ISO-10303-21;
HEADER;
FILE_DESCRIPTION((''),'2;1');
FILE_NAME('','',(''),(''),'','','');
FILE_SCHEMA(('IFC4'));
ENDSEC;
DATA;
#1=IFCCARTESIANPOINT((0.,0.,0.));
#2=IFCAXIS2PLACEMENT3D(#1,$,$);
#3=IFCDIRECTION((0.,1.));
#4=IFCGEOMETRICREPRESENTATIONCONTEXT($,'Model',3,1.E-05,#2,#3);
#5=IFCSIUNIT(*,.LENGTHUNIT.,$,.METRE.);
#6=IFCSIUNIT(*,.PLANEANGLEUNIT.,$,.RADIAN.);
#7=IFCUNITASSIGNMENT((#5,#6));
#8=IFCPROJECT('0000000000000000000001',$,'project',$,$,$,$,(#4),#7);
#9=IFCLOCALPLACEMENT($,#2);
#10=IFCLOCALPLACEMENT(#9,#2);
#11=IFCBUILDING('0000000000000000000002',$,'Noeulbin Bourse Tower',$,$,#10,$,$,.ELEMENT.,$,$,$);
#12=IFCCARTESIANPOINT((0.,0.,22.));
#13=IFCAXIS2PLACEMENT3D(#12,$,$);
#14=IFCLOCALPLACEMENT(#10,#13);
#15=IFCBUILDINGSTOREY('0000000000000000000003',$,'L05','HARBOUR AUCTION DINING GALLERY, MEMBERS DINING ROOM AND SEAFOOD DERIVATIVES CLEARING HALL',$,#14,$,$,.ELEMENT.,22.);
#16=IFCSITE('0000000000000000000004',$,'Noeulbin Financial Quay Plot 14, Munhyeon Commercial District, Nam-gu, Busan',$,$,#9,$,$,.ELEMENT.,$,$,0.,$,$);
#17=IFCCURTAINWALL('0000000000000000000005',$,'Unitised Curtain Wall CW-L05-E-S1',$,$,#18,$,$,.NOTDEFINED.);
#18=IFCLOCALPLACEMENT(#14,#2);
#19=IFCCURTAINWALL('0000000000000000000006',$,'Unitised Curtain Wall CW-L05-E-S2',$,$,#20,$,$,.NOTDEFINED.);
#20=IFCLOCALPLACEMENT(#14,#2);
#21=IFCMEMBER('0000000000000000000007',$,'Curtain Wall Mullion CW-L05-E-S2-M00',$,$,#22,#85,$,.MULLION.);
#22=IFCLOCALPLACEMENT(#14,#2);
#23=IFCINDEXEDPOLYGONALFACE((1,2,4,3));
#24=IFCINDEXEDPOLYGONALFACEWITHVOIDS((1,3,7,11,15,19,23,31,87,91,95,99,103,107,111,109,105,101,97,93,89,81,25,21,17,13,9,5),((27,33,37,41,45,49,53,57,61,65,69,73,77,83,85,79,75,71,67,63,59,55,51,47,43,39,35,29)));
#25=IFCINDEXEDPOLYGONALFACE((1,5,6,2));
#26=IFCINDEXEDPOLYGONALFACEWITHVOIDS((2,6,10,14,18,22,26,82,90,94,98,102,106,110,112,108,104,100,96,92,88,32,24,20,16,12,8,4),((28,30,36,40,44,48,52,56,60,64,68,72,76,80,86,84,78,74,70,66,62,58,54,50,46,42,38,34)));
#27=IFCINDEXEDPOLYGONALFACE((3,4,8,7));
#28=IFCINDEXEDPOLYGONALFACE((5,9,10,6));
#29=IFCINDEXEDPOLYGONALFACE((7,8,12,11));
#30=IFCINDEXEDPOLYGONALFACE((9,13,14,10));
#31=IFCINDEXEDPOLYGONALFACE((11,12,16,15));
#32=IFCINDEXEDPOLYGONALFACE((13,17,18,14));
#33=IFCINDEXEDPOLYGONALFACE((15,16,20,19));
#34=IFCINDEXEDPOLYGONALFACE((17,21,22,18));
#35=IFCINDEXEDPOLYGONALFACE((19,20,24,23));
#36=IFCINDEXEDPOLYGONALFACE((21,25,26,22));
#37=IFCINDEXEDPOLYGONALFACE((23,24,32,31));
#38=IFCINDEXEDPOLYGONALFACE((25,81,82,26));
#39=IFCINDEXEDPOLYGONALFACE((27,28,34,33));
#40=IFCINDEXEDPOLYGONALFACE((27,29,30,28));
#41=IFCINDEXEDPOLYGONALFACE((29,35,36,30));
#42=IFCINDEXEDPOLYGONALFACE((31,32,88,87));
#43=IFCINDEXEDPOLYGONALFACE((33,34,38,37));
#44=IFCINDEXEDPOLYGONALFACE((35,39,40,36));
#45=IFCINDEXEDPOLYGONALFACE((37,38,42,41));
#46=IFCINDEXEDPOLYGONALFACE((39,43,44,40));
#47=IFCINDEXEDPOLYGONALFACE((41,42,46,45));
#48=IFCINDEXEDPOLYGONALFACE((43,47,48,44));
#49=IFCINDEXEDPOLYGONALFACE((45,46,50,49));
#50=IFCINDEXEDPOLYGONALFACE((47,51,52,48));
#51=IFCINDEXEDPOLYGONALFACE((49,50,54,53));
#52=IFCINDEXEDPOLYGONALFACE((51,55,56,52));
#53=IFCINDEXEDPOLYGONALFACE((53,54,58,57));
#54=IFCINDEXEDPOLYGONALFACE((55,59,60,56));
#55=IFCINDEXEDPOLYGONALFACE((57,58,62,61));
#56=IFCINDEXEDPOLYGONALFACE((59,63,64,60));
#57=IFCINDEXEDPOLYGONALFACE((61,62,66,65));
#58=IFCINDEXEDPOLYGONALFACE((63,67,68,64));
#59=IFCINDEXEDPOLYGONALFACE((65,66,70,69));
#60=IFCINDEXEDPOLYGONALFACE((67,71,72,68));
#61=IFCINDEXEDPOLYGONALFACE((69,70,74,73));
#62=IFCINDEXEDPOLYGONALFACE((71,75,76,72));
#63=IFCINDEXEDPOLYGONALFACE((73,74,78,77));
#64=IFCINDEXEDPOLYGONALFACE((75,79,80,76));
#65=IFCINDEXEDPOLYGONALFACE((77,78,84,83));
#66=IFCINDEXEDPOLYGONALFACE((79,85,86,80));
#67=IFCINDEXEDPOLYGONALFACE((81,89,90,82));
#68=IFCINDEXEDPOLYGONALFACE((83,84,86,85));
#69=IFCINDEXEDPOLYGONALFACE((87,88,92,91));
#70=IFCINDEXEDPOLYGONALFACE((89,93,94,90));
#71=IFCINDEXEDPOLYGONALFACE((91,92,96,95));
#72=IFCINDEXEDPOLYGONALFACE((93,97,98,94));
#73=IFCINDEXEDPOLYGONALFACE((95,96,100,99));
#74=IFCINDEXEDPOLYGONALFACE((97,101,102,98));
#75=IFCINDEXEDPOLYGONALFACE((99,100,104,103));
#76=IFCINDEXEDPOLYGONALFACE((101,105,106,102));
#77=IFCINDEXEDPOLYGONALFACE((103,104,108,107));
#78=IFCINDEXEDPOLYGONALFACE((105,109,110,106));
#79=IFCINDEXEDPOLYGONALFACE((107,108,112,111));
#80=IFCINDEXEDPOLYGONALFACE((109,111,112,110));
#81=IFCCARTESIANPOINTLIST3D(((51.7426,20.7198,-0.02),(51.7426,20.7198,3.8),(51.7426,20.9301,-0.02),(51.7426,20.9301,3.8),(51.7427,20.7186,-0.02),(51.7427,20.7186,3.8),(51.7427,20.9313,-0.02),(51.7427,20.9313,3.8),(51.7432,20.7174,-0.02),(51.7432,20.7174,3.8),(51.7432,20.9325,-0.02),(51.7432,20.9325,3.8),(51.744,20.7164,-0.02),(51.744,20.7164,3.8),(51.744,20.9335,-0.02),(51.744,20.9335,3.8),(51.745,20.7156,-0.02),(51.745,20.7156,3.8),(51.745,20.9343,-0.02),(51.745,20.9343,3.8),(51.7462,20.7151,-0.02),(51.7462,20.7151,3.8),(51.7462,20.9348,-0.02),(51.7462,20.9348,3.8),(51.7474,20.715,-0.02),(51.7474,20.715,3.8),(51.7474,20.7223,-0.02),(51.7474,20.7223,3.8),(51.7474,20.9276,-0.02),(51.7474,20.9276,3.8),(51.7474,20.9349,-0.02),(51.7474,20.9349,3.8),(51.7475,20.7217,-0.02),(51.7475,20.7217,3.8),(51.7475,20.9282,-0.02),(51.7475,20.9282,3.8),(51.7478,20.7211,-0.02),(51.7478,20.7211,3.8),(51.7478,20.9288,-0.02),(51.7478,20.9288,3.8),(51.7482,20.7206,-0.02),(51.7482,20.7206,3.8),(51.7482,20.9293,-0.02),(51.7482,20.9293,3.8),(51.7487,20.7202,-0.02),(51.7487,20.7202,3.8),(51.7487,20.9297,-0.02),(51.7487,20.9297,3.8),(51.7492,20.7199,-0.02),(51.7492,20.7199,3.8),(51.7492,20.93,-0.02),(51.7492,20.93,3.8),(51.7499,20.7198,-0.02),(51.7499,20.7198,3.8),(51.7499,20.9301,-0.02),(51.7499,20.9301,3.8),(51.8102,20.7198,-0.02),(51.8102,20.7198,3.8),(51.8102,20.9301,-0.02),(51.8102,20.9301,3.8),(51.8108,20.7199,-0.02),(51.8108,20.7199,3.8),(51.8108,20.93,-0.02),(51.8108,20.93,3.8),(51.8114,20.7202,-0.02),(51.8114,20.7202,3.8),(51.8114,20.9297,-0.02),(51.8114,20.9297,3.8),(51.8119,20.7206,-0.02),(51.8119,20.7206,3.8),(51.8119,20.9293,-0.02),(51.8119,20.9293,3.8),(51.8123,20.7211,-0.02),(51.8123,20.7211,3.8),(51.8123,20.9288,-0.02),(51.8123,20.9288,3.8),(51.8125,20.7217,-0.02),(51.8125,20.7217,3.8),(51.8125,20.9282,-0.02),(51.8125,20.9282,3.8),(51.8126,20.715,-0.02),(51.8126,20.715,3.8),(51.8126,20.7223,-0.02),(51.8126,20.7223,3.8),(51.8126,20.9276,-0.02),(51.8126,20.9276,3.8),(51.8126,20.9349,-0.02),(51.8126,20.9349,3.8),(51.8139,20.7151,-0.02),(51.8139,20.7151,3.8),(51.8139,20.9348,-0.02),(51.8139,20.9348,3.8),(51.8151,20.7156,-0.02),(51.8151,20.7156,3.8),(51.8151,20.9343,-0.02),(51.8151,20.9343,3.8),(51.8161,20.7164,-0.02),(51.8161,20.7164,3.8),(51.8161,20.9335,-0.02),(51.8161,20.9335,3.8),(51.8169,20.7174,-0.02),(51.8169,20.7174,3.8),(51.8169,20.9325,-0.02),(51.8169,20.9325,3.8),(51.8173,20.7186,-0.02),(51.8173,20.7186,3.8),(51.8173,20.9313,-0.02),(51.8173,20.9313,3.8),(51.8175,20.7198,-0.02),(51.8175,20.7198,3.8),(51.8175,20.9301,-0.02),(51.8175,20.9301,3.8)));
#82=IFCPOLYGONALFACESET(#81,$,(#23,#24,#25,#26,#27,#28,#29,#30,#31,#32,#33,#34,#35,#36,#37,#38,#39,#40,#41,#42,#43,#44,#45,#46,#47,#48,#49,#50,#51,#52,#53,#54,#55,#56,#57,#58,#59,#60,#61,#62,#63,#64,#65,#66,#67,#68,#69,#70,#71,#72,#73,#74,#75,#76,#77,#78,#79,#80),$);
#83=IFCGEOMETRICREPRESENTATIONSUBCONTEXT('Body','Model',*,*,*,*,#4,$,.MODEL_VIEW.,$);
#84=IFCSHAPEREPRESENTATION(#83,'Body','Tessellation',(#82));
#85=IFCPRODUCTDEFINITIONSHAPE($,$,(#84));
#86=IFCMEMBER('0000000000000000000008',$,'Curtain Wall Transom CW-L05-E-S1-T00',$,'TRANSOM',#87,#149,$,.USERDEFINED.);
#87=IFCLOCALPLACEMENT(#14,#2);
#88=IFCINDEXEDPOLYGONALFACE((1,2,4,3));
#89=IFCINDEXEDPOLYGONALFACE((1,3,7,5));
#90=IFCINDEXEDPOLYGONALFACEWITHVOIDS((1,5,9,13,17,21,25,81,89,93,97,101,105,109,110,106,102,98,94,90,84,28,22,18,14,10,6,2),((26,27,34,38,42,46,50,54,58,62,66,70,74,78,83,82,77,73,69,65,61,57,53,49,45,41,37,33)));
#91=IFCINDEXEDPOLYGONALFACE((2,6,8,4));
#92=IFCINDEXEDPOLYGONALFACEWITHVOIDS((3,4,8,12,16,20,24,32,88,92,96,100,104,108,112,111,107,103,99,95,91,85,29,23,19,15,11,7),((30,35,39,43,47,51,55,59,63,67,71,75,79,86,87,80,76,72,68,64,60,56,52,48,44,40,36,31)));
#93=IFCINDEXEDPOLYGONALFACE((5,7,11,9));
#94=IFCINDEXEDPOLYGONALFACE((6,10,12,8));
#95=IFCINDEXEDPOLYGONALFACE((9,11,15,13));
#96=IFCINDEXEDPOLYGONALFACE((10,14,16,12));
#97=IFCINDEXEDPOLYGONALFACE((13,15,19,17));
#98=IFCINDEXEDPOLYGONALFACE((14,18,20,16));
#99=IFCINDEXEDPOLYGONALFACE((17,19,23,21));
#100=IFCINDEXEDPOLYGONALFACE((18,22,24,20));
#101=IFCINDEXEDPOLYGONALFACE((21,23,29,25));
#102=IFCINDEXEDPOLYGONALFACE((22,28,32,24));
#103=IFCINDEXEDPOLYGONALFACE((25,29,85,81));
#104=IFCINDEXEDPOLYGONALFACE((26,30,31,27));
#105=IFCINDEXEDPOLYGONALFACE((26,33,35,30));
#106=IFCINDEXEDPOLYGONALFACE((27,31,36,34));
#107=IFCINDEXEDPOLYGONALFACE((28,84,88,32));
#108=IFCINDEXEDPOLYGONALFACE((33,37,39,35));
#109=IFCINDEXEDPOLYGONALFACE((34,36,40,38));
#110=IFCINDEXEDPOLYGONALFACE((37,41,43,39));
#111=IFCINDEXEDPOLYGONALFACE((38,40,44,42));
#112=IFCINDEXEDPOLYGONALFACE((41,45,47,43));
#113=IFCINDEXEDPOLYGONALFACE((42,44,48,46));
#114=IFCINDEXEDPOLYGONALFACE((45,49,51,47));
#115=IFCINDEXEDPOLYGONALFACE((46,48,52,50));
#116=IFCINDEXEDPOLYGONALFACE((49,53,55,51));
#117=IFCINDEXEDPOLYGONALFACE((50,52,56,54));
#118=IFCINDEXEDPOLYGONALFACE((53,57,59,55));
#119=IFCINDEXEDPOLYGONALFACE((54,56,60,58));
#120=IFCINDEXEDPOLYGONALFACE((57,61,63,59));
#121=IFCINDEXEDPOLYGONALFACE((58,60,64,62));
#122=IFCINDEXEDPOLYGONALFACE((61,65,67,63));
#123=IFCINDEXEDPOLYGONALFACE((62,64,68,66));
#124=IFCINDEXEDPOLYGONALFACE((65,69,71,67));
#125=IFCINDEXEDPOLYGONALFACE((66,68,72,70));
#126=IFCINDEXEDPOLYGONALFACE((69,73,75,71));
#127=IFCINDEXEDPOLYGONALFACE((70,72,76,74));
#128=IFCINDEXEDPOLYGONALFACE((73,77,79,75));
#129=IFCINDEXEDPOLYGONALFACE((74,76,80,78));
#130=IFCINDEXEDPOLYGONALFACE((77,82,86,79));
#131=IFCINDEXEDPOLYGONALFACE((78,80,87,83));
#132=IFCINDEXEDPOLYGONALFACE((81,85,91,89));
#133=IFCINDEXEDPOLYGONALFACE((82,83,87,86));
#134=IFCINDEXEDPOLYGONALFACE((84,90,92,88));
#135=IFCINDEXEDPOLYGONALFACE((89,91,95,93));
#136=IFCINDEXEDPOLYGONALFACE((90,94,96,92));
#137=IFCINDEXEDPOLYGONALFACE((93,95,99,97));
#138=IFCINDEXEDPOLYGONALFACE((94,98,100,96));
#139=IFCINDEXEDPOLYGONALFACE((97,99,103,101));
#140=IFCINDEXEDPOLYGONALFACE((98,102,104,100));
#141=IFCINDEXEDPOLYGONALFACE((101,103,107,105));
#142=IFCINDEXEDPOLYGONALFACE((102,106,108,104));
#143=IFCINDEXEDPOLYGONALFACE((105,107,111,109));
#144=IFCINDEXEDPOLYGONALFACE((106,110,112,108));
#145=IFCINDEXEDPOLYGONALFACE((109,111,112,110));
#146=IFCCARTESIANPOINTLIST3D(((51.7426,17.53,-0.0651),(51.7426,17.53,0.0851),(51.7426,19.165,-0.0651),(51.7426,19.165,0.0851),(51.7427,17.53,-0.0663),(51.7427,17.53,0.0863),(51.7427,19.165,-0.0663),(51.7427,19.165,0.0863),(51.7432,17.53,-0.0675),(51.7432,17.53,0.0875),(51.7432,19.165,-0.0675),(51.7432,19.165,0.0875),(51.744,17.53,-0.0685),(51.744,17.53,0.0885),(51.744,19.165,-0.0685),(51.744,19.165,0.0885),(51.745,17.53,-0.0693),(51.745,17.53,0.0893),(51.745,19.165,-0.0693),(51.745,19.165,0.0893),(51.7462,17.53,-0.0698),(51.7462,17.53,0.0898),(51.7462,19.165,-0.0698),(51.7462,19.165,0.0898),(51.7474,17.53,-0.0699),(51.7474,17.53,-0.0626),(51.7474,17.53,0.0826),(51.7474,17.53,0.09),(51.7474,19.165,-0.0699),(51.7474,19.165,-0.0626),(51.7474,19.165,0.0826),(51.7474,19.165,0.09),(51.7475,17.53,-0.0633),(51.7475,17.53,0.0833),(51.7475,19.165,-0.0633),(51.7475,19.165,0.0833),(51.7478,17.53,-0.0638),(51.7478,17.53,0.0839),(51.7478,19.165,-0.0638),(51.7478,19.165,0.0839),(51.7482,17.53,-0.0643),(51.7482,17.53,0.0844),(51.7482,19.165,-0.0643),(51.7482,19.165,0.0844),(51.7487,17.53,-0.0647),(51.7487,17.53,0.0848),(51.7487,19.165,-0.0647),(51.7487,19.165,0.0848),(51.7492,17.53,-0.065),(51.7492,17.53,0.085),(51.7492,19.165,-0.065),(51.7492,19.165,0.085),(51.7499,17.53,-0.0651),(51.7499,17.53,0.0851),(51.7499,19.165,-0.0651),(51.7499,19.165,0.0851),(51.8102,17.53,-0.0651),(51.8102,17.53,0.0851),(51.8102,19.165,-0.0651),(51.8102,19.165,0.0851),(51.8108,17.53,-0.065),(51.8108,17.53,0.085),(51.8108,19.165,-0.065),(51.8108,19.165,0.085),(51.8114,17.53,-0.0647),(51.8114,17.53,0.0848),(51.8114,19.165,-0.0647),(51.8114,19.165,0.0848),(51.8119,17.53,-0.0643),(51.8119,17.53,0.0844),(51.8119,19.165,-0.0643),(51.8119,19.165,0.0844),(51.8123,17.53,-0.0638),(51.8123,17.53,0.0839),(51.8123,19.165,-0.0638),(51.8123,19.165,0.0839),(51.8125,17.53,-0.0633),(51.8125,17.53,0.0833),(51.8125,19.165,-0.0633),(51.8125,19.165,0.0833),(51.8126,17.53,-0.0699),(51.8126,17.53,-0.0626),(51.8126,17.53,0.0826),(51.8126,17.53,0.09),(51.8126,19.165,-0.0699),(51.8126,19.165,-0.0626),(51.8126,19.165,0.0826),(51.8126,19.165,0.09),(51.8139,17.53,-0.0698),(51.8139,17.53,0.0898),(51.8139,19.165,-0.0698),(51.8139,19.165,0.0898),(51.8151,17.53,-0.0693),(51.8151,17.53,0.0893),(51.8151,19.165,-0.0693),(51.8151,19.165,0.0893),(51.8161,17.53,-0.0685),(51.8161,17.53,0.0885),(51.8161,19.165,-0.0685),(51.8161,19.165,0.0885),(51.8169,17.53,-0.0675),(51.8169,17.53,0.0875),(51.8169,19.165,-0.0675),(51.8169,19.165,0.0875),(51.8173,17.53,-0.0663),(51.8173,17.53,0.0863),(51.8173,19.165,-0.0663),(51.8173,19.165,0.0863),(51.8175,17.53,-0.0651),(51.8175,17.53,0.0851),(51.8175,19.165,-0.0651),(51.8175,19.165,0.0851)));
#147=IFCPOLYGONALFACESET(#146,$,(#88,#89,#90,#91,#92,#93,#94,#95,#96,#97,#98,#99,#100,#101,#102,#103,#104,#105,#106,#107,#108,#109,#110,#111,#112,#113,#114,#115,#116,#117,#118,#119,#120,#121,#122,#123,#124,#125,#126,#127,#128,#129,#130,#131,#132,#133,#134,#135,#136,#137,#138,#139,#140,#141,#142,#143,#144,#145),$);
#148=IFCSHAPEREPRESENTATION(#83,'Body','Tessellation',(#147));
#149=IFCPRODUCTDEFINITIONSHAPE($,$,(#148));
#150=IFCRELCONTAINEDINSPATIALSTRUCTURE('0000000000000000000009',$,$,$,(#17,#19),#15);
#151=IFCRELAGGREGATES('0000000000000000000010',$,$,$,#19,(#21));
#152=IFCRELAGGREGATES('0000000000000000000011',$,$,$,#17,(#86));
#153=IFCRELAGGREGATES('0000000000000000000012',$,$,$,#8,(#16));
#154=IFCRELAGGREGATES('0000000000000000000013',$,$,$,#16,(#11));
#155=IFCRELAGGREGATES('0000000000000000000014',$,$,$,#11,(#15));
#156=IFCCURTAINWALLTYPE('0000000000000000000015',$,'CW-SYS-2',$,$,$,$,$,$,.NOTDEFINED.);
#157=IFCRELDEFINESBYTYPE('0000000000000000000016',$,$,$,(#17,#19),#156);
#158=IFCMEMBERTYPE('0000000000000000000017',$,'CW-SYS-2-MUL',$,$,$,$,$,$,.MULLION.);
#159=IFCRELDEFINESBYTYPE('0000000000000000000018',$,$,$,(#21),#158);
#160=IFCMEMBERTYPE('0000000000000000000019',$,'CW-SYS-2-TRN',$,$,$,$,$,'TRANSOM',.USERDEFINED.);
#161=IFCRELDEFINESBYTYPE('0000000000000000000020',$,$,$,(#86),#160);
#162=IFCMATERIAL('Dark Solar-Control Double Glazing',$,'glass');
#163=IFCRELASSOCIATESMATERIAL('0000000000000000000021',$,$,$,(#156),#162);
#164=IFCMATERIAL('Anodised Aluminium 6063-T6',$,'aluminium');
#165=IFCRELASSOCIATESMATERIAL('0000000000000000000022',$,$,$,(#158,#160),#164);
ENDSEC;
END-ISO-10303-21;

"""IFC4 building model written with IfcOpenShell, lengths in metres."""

from ifc_helpers import new_model, si_unit, direction, frame, origin, origin_2d, place, context, subcontext, project, spatial, hollow_rectangle, extrude, material, material_profile, profile_set, type_object, element, aggregate, save


model = new_model("IFC4")

# Units and contexts
model_context = context("Model", 3, precision=1e-05, world=origin(), true_north=direction((0.0, 1.0)))
body_context = subcontext(model_context, "Body", "Model", "MODEL_VIEW")
ifc_project = project(units=[si_unit("LENGTHUNIT", "METRE"), si_unit("PLANEANGLEUNIT", "RADIAN")], contexts=[model_context])

# Site, building, storey
site_placement = place(None, origin())
site = spatial("IfcSite", under=ifc_project, at=site_placement, Name="Noeulbin Financial Quay Plot 14, Munhyeon Commercial District, Nam-gu, Busan", CompositionType="ELEMENT", RefElevation=0.0)
building_placement = place(site_placement, origin())
building = spatial("IfcBuilding", under=site, at=building_placement, Name="Noeulbin Bourse Tower", CompositionType="ELEMENT")
storey_placement = place(building_placement, frame((0.0, 0.0, 22.0)))
storey = spatial("IfcBuildingStorey", under=building, at=storey_placement, Name="L05", Description="HARBOUR AUCTION DINING GALLERY, MEMBERS DINING ROOM AND SEAFOOD DERIVATIVES CLEARING HALL", CompositionType="ELEMENT", Elevation=22.0)

# Curtain wall
ifc_material_1 = material(Name="Dark Solar-Control Double Glazing", Category="glass")
curtain_wall_type = type_object("IfcCurtainWallType", Name="CW-SYS-2", PredefinedType="NOTDEFINED", material=ifc_material_1)
curtain_wall_1_placement = place(storey_placement, origin())
curtain_wall_1 = element("IfcCurtainWall", 1, at=curtain_wall_1_placement, inside=storey, type_object=curtain_wall_type, Name="Unitised Curtain Wall CW-L05-E-S1", PredefinedType="NOTDEFINED")
ifc_material_2 = material(Name="Anodised Aluminium 6063-T6", Category="aluminium")
ifc_material_profile_1 = material_profile(ifc_material_2, hollow_rectangle(XDim=0.075, YDim=0.22, WallThickness=0.0049, InnerFilletRadius=0.0024, OuterFilletRadius=0.0049, at=origin_2d()), Name="ALU-MULL-75x220x5", Category="LoadBearing")
ifc_profile_set_1 = profile_set([ifc_material_profile_1], Name="Anodised Aluminium 6063-T6")
member_type_1 = type_object("IfcMemberType", Name="CW-SYS-2-MUL", PredefinedType="MULLION", material=ifc_profile_set_1)

# Curtain wall, member
curtain_wall_2_placement = place(storey_placement, origin())
curtain_wall_2 = element("IfcCurtainWall", 2, at=curtain_wall_2_placement, inside=storey, type_object=curtain_wall_type, Name="Unitised Curtain Wall CW-L05-E-S2", PredefinedType="NOTDEFINED")
member_1_placement = place(storey_placement, frame((51.78, 20.825, -0.02), z_axis=(0.0, 0.0, 1.0), x_axis=(1.0, 0.0, 0.0)))
member_1 = element("IfcMember", 3, at=member_1_placement, type_object=member_type_1, Name="Curtain Wall Mullion CW-L05-E-S2-M00", PredefinedType="MULLION", context=body_context, shape_type="SweptSolid", body=[
    extrude(hollow_rectangle(XDim=0.075, YDim=0.22, WallThickness=0.0049, InnerFilletRadius=0.0024, OuterFilletRadius=0.0049, at=origin_2d()), origin(), (0.0, 0.0, 1.0), 3.8201),
])
aggregate(curtain_wall_2, [member_1])

# Member
ifc_material_profile_2 = material_profile(ifc_material_2, hollow_rectangle(XDim=0.075, YDim=0.1599, WallThickness=0.0049, InnerFilletRadius=0.0024, OuterFilletRadius=0.0049, at=origin_2d()), Name="ALU-TRAN-75x160x5", Category="LoadBearing")
ifc_profile_set_2 = profile_set([ifc_material_profile_2], Name="Anodised Aluminium 6063-T6")
member_type_2 = type_object("IfcMemberType", Name="CW-SYS-2-TRN", ElementType="TRANSOM", PredefinedType="USERDEFINED", material=ifc_profile_set_2)
member_2_placement = place(storey_placement, frame((51.78, 17.53, 0.01), z_axis=(0.0, 1.0, 0.0), x_axis=(-1.0, 0.0, 0.0)))
member_2 = element("IfcMember", 4, at=member_2_placement, type_object=member_type_2, Name="Curtain Wall Transom CW-L05-E-S1-T00", ObjectType="TRANSOM", PredefinedType="USERDEFINED", context=body_context, shape_type="SweptSolid", body=[
    extrude(hollow_rectangle(XDim=0.075, YDim=0.1599, WallThickness=0.0049, InnerFilletRadius=0.0024, OuterFilletRadius=0.0049, at=origin_2d()), origin(), (0.0, 0.0, 1.0), 1.635),
])

aggregate(curtain_wall_1, [member_2])

save(model, "model.ifc")
